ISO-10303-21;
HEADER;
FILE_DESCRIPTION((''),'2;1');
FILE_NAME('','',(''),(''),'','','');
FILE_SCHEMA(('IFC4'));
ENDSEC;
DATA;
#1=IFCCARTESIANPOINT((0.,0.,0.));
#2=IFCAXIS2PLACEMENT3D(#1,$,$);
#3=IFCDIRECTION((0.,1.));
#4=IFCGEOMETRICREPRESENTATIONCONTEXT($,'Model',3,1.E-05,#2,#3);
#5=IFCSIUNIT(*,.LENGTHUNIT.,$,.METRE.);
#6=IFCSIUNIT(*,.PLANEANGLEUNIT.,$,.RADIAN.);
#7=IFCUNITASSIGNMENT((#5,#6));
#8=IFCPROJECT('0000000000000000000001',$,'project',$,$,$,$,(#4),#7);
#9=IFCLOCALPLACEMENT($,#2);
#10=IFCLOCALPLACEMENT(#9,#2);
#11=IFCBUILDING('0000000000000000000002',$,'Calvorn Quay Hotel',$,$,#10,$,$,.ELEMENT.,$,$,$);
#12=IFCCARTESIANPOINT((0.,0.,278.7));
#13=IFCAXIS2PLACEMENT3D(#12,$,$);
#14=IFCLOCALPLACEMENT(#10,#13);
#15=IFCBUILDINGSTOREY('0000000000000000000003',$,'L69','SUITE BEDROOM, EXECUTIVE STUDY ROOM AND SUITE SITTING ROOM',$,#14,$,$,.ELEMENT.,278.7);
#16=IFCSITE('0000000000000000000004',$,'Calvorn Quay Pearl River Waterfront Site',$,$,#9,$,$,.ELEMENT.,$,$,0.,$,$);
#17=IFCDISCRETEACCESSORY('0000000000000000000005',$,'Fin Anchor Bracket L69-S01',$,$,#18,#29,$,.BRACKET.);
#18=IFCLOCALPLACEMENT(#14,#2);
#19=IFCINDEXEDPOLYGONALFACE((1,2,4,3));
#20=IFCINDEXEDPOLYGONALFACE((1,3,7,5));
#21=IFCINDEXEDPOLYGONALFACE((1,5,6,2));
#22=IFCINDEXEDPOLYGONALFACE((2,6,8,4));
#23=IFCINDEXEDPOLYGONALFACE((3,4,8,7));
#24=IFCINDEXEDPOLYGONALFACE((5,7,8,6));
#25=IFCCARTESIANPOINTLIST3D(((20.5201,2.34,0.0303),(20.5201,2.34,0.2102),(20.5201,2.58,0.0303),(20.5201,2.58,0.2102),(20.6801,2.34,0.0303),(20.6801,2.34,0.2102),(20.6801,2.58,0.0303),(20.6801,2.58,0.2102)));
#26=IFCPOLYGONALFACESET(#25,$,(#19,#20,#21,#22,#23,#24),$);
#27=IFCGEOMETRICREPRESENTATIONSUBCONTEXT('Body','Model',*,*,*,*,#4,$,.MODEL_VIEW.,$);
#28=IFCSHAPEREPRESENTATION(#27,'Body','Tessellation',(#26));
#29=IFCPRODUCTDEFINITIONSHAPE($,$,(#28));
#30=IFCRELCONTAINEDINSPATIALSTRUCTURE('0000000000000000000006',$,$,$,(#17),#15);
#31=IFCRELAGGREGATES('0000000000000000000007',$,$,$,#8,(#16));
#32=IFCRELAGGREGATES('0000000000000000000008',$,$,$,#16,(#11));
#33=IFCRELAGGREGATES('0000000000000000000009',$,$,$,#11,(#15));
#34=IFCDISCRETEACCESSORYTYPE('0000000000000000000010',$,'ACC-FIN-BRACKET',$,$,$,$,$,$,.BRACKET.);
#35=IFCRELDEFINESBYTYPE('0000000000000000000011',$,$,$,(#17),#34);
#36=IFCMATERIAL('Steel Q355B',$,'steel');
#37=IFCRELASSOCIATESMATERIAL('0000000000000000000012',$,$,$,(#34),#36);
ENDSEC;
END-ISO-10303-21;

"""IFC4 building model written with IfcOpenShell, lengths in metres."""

from ifc_helpers import new_model, si_unit, direction, frame, origin, origin_2d, place, context, subcontext, project, spatial, rectangle, extrude, material, type_object, element, save


model = new_model("IFC4")

# Units and contexts
model_context = context("Model", 3, precision=1e-05, world=origin(), true_north=direction((0.0, 1.0)))
body_context = subcontext(model_context, "Body", "Model", "MODEL_VIEW")
ifc_project = project(units=[si_unit("LENGTHUNIT", "METRE"), si_unit("PLANEANGLEUNIT", "RADIAN")], contexts=[model_context])

# Site, building, storey
site_placement = place(None, origin())
site = spatial("IfcSite", under=ifc_project, at=site_placement, Name="Calvorn Quay Pearl River Waterfront Site", CompositionType="ELEMENT", RefElevation=0.0)
building_placement = place(site_placement, origin())
building = spatial("IfcBuilding", under=site, at=building_placement, Name="Calvorn Quay Hotel", CompositionType="ELEMENT")
storey_placement = place(building_placement, frame((0.0, 0.0, 278.7)))
storey = spatial("IfcBuildingStorey", under=building, at=storey_placement, Name="L69", Description="SUITE BEDROOM, EXECUTIVE STUDY ROOM AND SUITE SITTING ROOM", CompositionType="ELEMENT", Elevation=278.7)

# Discrete accessory
ifc_material_1 = material(Name="Steel Q355B", Category="steel")
discrete_accessory_type = type_object("IfcDiscreteAccessoryType", Name="ACC-FIN-BRACKET", PredefinedType="BRACKET", material=ifc_material_1)
discrete_accessory_placement = place(storey_placement, frame((20.6001, 2.46, 0.0303), z_axis=(0.0, 0.0, 1.0), x_axis=(0.0, 1.0, 0.0)))
element("IfcDiscreteAccessory", 1, at=discrete_accessory_placement, inside=storey, type_object=discrete_accessory_type, Name="Fin Anchor Bracket L69-S01", PredefinedType="BRACKET", context=body_context, shape_type="SweptSolid", body=[
    extrude(rectangle(XDim=0.24, YDim=0.1599, at=origin_2d()), origin(), (0.0, 0.0, 1.0), 0.1799),
])

save(model, "model.ifc")
